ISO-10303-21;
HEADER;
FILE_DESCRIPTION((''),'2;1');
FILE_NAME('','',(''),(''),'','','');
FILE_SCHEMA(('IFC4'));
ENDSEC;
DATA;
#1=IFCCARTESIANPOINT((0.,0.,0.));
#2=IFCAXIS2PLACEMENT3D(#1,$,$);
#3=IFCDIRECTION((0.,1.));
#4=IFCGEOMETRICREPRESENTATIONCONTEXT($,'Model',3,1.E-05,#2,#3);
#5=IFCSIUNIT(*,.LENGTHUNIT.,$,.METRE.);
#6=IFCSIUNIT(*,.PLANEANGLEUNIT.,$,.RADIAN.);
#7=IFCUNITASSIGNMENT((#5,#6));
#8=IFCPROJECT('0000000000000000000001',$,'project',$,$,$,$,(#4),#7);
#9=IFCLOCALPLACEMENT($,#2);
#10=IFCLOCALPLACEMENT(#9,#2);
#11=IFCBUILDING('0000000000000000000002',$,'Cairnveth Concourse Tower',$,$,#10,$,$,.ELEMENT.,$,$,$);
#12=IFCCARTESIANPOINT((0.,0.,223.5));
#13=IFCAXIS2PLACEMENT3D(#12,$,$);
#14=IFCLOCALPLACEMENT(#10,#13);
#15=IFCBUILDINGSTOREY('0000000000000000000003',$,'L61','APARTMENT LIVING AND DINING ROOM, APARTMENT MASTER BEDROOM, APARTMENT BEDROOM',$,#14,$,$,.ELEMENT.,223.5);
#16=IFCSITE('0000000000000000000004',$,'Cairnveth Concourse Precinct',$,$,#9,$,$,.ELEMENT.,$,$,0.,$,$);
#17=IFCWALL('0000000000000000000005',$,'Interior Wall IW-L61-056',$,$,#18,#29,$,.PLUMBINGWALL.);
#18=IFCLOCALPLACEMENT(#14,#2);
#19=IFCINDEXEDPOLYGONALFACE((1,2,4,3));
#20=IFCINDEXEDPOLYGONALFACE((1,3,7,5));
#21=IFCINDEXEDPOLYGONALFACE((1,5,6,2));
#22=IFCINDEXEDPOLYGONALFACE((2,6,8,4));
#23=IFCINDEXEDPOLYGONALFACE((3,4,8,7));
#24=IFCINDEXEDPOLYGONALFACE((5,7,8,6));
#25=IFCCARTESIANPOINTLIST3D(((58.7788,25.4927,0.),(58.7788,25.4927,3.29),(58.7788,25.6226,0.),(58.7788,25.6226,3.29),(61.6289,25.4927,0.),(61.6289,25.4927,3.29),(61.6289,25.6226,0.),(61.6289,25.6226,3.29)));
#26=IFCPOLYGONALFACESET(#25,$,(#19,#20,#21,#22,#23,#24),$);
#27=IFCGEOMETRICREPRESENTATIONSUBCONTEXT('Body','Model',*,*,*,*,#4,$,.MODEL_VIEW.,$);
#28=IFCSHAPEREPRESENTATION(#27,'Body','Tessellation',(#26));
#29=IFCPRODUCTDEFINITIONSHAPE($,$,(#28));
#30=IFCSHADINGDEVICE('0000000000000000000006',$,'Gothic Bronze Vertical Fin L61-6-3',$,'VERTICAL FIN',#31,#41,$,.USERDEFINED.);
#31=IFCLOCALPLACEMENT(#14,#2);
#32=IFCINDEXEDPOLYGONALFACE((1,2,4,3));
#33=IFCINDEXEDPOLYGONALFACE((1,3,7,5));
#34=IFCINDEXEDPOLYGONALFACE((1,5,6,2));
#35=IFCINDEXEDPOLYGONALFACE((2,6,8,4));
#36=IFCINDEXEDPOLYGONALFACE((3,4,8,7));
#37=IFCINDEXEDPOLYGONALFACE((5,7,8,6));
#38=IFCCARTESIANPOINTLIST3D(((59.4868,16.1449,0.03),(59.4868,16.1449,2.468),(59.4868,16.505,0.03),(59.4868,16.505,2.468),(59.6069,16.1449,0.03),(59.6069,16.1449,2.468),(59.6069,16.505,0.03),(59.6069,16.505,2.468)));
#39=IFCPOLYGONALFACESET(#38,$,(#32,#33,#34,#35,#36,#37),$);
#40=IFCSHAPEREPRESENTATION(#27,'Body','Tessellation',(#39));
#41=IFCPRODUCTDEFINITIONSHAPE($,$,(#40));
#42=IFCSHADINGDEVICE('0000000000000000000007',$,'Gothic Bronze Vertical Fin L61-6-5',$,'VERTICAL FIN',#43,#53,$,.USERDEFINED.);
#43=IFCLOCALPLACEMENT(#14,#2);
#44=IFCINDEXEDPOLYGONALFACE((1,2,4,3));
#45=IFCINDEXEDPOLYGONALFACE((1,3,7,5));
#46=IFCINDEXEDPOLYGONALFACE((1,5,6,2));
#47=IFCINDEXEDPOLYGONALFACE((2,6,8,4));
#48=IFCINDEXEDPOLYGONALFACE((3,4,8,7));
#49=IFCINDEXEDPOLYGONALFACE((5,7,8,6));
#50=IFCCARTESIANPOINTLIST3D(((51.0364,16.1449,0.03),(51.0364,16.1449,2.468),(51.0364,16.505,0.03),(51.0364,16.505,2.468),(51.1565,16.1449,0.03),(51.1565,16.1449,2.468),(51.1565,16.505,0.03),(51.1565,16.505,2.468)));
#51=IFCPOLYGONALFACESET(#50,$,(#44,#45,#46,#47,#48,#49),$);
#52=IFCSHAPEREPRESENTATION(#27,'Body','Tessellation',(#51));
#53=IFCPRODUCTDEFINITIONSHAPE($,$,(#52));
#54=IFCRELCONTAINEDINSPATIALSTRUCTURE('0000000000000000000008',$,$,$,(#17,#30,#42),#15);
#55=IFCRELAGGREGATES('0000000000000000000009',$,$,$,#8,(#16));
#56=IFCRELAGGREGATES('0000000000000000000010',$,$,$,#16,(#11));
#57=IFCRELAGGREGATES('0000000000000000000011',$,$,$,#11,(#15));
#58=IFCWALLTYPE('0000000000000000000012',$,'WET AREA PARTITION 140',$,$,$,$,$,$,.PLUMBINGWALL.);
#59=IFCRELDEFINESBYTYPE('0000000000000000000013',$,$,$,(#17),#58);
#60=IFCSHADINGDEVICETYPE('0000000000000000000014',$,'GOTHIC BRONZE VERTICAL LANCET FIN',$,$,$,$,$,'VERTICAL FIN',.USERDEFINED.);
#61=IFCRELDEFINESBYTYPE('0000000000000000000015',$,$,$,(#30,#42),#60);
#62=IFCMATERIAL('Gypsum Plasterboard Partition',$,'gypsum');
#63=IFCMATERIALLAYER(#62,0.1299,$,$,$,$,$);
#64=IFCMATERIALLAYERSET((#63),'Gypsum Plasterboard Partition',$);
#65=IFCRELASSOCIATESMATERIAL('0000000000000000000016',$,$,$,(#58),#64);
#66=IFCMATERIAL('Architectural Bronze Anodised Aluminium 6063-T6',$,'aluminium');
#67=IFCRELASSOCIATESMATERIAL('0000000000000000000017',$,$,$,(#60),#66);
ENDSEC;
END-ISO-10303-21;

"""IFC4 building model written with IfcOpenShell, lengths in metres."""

from ifc_helpers import new_model, si_unit, direction, frame, frame_2d, origin, origin_2d, place, context, subcontext, project, spatial, rectangle, extrude, material, layer, layer_set, type_object, element, save


model = new_model("IFC4")

# Units and contexts
model_context = context("Model", 3, precision=1e-05, world=origin(), true_north=direction((0.0, 1.0)))
body_context = subcontext(model_context, "Body", "Model", "MODEL_VIEW")
ifc_project = project(units=[si_unit("LENGTHUNIT", "METRE"), si_unit("PLANEANGLEUNIT", "RADIAN")], contexts=[model_context])

# Site, building, storey
site_placement = place(None, origin())
site = spatial("IfcSite", under=ifc_project, at=site_placement, Name="Cairnveth Concourse Precinct", CompositionType="ELEMENT", RefElevation=0.0)
building_placement = place(site_placement, origin())
building = spatial("IfcBuilding", under=site, at=building_placement, Name="Cairnveth Concourse Tower", CompositionType="ELEMENT")
storey_placement = place(building_placement, frame((0.0, 0.0, 223.5)))
storey = spatial("IfcBuildingStorey", under=building, at=storey_placement, Name="L61", Description="APARTMENT LIVING AND DINING ROOM, APARTMENT MASTER BEDROOM, APARTMENT BEDROOM", CompositionType="ELEMENT", Elevation=223.5)

# Shared definitions
ifc_material_1 = material(Name="Gypsum Plasterboard Partition", Category="gypsum")

# Wall
ifc_layer_1 = layer(ifc_material_1, 0.1299)
ifc_layer_set_1 = layer_set([ifc_layer_1], Name="Gypsum Plasterboard Partition")
wall_type_1 = type_object("IfcWallType", Name="WET AREA PARTITION 140", PredefinedType="PLUMBINGWALL", material=ifc_layer_set_1)
wall_1_placement = place(storey_placement, frame((58.7788, 25.5576, 0.0), z_axis=(0.0, 0.0, 1.0), x_axis=(1.0, 0.0, 0.0)))
element("IfcWall", 1, at=wall_1_placement, inside=storey, type_object=wall_type_1, Name="Interior Wall IW-L61-056", PredefinedType="PLUMBINGWALL", context=body_context, shape_type="SweptSolid", body=[
    extrude(rectangle(XDim=2.8501, YDim=0.1299, at=frame_2d((1.425, 0.0))), origin(), (0.0, 0.0, 1.0), 3.29),
])

# Shading devices
ifc_material_2 = material(Name="Architectural Bronze Anodised Aluminium 6063-T6", Category="aluminium")
shading_device_type = type_object("IfcShadingDeviceType", Name="GOTHIC BRONZE VERTICAL LANCET FIN", ElementType="VERTICAL FIN", PredefinedType="USERDEFINED", material=ifc_material_2)
for number, where, z_axis, x_axis, name in (
    (2, (59.5469, 16.325, 0.03), (0.0, 0.0, 1.0), (1.0, 0.0, 0.0), "Gothic Bronze Vertical Fin L61-6-3"),
    (3, (51.0964, 16.325, 0.03), (0.0, 0.0, 1.0), (1.0, 0.0, 0.0), "Gothic Bronze Vertical Fin L61-6-5"),
):
    element("IfcShadingDevice", number, at=place(storey_placement, frame(where, z_axis=z_axis, x_axis=x_axis)), inside=storey, type_object=shading_device_type, Name=name, ObjectType="VERTICAL FIN", PredefinedType="USERDEFINED", context=body_context, shape_type="SweptSolid", body=[
        extrude(rectangle(XDim=0.1201, YDim=0.3601, at=origin_2d()), origin(), (0.0, 0.0, 1.0), 2.438),
    ])

save(model, "model.ifc")
